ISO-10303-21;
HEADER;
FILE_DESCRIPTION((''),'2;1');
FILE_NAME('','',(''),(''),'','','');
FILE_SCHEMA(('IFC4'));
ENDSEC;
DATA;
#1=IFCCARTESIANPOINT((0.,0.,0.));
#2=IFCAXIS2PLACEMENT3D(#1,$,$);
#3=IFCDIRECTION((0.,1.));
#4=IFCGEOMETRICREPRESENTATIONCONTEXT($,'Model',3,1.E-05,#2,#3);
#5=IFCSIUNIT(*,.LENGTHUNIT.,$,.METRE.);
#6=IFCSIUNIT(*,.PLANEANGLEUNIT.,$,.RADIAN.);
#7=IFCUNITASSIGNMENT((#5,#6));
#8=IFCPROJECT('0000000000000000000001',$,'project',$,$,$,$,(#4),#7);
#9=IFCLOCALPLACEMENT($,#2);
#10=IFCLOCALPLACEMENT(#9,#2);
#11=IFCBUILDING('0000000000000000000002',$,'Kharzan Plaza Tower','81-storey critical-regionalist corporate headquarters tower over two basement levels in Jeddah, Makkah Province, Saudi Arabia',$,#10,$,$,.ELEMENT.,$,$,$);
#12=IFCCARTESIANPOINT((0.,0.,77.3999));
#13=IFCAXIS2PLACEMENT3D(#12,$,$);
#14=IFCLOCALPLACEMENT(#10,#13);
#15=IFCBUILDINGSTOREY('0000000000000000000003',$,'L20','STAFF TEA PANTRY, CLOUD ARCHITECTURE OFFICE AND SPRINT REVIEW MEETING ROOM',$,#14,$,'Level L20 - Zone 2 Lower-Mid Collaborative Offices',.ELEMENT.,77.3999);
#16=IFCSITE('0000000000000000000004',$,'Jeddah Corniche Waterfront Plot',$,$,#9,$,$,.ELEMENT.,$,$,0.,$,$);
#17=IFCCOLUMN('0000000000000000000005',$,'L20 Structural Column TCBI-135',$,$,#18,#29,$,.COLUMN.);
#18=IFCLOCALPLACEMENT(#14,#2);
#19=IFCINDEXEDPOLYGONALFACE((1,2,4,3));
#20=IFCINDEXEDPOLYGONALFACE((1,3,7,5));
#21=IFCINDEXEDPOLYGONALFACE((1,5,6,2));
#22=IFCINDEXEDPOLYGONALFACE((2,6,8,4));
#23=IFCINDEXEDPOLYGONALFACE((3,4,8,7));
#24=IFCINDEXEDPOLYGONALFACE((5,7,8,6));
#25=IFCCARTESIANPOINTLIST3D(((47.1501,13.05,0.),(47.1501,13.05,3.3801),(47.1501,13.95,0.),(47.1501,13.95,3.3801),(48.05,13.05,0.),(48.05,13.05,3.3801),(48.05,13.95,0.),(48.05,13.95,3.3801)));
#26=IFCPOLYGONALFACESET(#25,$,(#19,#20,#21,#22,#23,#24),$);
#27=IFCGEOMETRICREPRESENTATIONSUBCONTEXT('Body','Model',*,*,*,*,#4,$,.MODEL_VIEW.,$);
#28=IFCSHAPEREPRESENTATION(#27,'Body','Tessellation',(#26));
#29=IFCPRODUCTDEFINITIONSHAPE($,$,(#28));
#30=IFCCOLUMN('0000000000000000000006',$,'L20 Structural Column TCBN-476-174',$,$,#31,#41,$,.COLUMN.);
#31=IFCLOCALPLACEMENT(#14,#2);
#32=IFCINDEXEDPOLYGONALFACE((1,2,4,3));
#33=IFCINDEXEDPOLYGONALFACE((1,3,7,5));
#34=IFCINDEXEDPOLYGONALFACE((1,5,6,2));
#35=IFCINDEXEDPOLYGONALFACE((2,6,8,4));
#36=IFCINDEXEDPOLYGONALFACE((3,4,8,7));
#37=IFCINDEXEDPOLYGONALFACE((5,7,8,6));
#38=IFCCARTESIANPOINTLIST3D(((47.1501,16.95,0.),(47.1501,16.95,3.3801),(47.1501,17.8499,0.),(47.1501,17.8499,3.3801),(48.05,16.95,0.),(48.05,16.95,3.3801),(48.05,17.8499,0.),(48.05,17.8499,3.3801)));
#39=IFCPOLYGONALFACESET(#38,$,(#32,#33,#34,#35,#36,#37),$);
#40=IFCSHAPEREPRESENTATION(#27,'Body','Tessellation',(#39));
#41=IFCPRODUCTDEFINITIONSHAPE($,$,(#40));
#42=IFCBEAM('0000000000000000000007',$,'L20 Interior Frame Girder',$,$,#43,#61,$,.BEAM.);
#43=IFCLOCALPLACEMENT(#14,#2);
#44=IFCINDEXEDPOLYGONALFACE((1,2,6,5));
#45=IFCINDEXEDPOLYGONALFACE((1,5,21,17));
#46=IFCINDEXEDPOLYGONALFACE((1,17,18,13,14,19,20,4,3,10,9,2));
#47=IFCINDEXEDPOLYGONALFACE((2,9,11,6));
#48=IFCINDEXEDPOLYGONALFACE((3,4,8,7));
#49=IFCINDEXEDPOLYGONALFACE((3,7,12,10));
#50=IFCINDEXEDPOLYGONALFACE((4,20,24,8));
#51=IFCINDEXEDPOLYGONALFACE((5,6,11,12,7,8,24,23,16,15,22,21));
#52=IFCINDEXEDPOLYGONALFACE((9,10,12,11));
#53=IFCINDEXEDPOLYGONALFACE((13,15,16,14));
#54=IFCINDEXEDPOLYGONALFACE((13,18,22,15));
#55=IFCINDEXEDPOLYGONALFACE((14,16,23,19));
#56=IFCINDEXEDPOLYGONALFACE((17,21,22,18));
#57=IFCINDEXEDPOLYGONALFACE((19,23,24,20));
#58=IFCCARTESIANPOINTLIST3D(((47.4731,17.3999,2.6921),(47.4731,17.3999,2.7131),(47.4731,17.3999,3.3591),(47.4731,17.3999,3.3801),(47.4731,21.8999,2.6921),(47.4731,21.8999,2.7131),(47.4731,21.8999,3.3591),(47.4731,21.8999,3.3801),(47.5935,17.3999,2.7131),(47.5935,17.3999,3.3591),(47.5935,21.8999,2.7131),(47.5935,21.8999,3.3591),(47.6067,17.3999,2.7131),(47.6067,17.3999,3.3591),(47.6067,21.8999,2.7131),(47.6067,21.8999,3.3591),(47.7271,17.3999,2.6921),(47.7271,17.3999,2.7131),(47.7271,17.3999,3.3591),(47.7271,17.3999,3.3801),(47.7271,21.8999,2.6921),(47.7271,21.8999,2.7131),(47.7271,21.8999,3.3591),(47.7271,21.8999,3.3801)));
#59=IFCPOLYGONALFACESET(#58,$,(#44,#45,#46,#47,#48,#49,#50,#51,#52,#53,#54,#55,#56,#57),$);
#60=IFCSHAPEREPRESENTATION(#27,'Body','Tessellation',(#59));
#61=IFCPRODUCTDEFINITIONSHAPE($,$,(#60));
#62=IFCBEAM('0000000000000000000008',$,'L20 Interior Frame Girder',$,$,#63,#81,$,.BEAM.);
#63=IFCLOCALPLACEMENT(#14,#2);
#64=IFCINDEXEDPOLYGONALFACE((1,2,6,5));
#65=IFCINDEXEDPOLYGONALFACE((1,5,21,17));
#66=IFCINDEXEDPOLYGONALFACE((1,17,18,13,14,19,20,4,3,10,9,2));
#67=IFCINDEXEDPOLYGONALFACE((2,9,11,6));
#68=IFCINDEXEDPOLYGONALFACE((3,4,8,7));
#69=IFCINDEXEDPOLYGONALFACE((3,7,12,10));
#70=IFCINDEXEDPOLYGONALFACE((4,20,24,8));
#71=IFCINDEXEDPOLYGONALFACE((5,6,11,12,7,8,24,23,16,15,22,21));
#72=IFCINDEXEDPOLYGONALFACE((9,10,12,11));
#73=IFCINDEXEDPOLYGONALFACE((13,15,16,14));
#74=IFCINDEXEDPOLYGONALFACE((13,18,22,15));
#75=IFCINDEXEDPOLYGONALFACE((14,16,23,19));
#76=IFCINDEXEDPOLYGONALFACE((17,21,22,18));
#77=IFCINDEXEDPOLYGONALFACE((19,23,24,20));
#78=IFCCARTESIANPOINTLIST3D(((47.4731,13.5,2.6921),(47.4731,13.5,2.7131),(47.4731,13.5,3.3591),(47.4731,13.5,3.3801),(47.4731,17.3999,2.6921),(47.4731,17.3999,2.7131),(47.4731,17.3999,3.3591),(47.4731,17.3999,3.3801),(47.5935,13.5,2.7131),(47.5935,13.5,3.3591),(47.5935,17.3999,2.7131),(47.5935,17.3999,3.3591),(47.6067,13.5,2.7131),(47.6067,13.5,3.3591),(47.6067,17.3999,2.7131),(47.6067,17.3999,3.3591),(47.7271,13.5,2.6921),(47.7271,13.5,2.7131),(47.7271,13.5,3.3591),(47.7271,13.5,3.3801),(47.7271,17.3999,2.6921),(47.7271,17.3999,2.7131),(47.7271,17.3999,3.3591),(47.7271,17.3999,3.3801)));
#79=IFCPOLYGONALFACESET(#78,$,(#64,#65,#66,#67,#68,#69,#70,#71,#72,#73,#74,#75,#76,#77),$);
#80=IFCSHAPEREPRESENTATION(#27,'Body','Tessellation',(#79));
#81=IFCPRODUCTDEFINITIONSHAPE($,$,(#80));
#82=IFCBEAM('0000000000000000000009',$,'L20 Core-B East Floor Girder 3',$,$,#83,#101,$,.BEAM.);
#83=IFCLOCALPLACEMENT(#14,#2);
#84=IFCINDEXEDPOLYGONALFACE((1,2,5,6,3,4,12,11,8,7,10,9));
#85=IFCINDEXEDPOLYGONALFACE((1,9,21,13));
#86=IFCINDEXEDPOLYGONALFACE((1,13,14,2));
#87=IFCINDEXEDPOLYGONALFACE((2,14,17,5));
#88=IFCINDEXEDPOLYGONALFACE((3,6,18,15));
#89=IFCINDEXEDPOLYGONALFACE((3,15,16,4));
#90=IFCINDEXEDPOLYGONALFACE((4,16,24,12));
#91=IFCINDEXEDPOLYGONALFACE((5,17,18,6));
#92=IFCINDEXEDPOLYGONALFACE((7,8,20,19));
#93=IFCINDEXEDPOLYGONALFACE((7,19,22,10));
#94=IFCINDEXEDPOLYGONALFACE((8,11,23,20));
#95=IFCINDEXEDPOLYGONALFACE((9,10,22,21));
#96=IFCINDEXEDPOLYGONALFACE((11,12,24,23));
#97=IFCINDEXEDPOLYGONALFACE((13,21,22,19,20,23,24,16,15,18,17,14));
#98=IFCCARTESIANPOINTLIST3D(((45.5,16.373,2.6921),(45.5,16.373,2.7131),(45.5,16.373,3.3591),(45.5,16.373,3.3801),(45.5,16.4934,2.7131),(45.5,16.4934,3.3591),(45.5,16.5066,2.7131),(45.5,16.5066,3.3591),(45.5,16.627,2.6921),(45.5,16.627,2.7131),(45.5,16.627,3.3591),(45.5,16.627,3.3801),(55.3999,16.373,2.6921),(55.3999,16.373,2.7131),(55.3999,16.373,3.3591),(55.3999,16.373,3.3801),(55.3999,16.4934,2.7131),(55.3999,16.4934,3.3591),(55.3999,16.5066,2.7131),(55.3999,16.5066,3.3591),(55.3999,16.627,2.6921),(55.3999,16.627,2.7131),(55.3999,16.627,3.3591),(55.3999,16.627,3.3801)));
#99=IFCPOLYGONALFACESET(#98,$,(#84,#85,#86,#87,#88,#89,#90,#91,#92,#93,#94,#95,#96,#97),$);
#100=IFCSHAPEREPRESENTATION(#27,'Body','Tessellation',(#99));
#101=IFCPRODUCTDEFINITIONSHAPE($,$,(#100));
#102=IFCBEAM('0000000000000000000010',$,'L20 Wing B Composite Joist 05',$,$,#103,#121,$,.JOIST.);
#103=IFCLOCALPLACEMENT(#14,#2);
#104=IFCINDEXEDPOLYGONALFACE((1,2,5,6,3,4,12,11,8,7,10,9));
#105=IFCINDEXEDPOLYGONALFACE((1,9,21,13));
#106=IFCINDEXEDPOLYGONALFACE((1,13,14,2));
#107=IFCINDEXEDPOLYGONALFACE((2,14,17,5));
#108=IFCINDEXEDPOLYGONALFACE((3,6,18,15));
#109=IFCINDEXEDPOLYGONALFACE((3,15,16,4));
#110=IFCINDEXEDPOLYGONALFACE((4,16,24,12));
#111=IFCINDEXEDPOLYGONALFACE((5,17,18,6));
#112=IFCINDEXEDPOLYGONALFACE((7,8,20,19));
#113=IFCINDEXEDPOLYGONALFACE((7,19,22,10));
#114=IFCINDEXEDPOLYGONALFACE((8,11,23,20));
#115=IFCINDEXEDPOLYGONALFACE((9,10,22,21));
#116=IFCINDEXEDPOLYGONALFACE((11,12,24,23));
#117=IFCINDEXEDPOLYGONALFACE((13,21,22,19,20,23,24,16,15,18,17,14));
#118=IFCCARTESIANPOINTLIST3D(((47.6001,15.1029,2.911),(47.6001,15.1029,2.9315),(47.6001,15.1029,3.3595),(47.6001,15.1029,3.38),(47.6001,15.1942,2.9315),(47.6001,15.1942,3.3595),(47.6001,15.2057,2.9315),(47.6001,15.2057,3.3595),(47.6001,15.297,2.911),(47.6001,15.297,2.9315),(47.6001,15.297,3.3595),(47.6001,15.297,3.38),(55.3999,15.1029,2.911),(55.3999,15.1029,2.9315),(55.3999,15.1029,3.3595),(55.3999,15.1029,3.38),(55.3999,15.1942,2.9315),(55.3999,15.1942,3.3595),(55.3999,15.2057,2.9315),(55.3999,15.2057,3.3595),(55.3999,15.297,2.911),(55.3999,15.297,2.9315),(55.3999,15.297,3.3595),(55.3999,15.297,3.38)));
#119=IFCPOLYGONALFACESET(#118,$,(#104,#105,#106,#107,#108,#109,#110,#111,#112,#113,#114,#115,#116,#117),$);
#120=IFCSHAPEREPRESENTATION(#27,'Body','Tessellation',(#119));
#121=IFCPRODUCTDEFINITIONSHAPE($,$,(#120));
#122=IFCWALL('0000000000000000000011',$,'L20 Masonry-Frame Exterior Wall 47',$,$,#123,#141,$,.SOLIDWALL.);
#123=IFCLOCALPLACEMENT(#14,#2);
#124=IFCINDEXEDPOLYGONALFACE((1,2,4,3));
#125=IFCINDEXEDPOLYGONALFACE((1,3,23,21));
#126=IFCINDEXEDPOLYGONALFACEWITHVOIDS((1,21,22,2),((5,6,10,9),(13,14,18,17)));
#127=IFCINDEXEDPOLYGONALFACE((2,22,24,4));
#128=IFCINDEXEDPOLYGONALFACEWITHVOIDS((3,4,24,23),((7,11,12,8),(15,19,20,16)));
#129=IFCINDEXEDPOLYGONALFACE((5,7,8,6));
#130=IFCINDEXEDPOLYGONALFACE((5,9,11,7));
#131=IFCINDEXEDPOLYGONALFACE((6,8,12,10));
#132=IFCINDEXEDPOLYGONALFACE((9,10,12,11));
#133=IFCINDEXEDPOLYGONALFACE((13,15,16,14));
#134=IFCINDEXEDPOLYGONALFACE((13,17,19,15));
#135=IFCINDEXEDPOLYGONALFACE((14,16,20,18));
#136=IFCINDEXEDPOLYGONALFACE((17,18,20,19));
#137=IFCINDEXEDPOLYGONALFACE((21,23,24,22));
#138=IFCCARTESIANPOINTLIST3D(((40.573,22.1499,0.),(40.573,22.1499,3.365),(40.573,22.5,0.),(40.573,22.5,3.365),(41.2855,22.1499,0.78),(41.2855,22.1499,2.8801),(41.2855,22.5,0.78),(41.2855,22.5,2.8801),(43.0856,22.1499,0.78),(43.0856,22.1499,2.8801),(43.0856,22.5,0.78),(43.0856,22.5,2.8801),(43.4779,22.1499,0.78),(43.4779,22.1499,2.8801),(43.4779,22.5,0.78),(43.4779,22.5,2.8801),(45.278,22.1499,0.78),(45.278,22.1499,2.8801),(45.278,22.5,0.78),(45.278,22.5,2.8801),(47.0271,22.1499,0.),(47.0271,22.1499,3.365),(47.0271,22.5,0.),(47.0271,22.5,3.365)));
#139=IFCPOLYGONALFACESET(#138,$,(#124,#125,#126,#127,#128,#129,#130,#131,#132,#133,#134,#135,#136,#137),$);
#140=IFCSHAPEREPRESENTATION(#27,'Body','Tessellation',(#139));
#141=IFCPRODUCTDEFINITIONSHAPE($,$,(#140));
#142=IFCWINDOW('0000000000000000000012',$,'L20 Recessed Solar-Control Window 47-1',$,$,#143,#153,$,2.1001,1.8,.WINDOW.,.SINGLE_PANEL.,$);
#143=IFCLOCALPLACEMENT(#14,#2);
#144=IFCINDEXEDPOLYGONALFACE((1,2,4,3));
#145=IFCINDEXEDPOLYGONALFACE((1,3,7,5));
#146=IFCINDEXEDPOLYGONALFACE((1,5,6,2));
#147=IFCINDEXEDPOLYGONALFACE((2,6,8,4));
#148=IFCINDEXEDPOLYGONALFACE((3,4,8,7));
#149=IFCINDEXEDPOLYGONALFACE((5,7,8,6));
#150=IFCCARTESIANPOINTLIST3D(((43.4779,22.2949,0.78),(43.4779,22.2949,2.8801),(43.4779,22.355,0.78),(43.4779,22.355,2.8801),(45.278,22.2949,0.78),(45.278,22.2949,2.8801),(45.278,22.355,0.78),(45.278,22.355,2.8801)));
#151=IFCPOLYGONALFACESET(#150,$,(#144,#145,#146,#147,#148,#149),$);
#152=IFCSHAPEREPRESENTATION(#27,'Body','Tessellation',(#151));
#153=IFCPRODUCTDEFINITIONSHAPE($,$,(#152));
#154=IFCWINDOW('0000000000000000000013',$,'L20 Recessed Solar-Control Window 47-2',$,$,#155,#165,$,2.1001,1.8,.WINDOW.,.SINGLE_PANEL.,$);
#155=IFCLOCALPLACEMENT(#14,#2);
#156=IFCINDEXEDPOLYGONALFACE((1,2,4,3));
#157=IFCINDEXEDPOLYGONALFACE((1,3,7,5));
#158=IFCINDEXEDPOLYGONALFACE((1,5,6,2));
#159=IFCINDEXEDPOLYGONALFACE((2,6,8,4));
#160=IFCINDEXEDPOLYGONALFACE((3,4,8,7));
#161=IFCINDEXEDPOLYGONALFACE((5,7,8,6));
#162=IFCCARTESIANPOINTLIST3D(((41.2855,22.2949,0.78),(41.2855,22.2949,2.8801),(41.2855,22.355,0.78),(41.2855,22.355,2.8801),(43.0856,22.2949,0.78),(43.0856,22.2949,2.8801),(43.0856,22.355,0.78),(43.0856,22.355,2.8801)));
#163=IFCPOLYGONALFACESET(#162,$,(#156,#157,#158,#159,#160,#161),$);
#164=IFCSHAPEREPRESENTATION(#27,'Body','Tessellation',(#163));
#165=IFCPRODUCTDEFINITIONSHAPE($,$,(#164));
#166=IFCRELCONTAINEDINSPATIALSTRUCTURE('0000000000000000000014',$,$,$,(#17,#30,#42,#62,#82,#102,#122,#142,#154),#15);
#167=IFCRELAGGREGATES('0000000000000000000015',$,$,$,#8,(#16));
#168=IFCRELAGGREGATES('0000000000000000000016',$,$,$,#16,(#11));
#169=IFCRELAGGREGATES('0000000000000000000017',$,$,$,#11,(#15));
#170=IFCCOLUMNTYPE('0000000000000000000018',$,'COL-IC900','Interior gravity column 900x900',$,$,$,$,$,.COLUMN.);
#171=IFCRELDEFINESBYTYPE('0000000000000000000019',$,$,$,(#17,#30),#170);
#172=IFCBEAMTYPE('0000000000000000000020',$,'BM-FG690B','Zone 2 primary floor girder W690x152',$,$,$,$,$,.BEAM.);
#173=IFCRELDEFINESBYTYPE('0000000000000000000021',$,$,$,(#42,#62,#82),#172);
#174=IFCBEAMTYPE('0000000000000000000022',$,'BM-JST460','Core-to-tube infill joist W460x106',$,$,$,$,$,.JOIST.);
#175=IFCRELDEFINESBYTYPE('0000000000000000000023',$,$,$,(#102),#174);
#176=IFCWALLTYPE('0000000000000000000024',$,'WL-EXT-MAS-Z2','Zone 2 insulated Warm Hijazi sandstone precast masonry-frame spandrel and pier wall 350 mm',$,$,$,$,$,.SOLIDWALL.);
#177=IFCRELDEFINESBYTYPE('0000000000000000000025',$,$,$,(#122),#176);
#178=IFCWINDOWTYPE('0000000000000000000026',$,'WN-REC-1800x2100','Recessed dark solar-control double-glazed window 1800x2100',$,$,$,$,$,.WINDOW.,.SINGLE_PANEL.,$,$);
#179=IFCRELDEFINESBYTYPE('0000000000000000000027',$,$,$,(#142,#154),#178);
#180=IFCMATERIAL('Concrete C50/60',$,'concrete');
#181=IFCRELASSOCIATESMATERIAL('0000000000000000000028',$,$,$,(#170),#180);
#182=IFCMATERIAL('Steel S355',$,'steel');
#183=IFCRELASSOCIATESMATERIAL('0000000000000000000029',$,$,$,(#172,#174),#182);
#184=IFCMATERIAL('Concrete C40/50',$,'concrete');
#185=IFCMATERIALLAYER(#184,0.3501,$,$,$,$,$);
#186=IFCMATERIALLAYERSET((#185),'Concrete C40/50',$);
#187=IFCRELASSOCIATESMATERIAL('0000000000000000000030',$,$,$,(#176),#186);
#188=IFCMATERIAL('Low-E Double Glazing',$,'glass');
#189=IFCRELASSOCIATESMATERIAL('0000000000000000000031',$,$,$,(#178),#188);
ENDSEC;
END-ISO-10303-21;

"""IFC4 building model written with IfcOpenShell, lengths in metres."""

from ifc_helpers import new_model, si_unit, direction, frame, frame_2d, origin, origin_2d, place, context, subcontext, project, spatial, rectangle, i_section, extrude, source, transform, mapped, material, layer, layer_set, material_profile, profile_set, type_object, element, fill, save


model = new_model("IFC4")

# Units and contexts
model_context = context("Model", 3, precision=1e-05, world=origin(), true_north=direction((0.0, 1.0)))
body_context = subcontext(model_context, "Body", "Model", "MODEL_VIEW")
ifc_project = project(units=[si_unit("LENGTHUNIT", "METRE"), si_unit("PLANEANGLEUNIT", "RADIAN")], contexts=[model_context])

# Site, building, storey
site_placement = place(None, origin())
site = spatial("IfcSite", under=ifc_project, at=site_placement, Name="Jeddah Corniche Waterfront Plot", CompositionType="ELEMENT", RefElevation=0.0)
building_placement = place(site_placement, origin())
building = spatial("IfcBuilding", under=site, at=building_placement, Name="Kharzan Plaza Tower", Description="81-storey critical-regionalist corporate headquarters tower over two basement levels in Jeddah, Makkah Province, Saudi Arabia", CompositionType="ELEMENT")
storey_placement = place(building_placement, frame((0.0, 0.0, 77.3999)))
storey = spatial("IfcBuildingStorey", under=building, at=storey_placement, Name="L20", Description="STAFF TEA PANTRY, CLOUD ARCHITECTURE OFFICE AND SPRINT REVIEW MEETING ROOM", LongName="Level L20 - Zone 2 Lower-Mid Collaborative Offices", CompositionType="ELEMENT", Elevation=77.3999)

# Columns
ifc_material_1 = material(Name="Concrete C50/60", Category="concrete")
ifc_material_profile_1 = material_profile(ifc_material_1, rectangle(XDim=0.8999, YDim=0.8999, at=origin_2d()), Name="RC-IC900x900")
ifc_profile_set_1 = profile_set([ifc_material_profile_1], Name="Concrete C50/60")
column_type = type_object("IfcColumnType", Name="COL-IC900", Description="Interior gravity column 900x900", PredefinedType="COLUMN", material=ifc_profile_set_1)
shared_shape_1 = source(origin(), body_context, "Body", "SweptSolid", [
    extrude(rectangle(XDim=0.8999, YDim=0.8999, at=origin_2d()), origin(), (0.0, 0.0, 1.0), 3.3801),
])
for number, where, z_axis, x_axis, name in (
    (1, (47.6001, 13.5, 0.0), (0.0, 0.0, 1.0), (1.0, 0.0, 0.0), "L20 Structural Column TCBI-135"),
    (2, (47.6001, 17.3999, 0.0), (0.0, 0.0, 1.0), (1.0, 0.0, 0.0), "L20 Structural Column TCBN-476-174"),
):
    element("IfcColumn", number, at=place(storey_placement, frame(where, z_axis=z_axis, x_axis=x_axis)), inside=storey, type_object=column_type, Name=name, PredefinedType="COLUMN", context=body_context, shape_type="MappedRepresentation", body=[
        mapped(shared_shape_1, transform((0.0, 0.0, 0.0), x_axis=(1.0, 0.0, 0.0), y_axis=(0.0, 1.0, 0.0), z_axis=(0.0, 0.0, 1.0))),
    ])

# Beams
ifc_material_2 = material(Name="Steel S355", Category="steel")
ifc_material_profile_2 = material_profile(ifc_material_2, i_section(OverallWidth=0.2539, OverallDepth=0.688, WebThickness=0.0132, FlangeThickness=0.021, at=origin_2d()), Name="W690x152")
ifc_profile_set_2 = profile_set([ifc_material_profile_2], Name="Steel S355")
beam_type_1 = type_object("IfcBeamType", Name="BM-FG690B", Description="Zone 2 primary floor girder W690x152", PredefinedType="BEAM", material=ifc_profile_set_2)
shared_shape_2 = source(origin(), body_context, "Body", "SweptSolid", [
    extrude(i_section(OverallWidth=0.2539, OverallDepth=0.688, WebThickness=0.0132, FlangeThickness=0.021, at=origin_2d()), origin(), (0.0, 0.0, 1.0), 4.5),
])
beam_1_placement = place(storey_placement, frame((47.6001, 17.3999, 3.0361), z_axis=(0.0, 1.0, 0.0), x_axis=(-1.0, 0.0, 0.0)))
element("IfcBeam", 3, at=beam_1_placement, inside=storey, type_object=beam_type_1, Name="L20 Interior Frame Girder", PredefinedType="BEAM", context=body_context, shape_type="MappedRepresentation", body=[
    mapped(shared_shape_2, transform((0.0, 0.0, 0.0), x_axis=(1.0, 0.0, 0.0), y_axis=(0.0, 1.0, 0.0), z_axis=(0.0, 0.0, 1.0))),
])
shared_shape_3 = source(origin(), body_context, "Body", "SweptSolid", [
    extrude(i_section(OverallWidth=0.2539, OverallDepth=0.688, WebThickness=0.0132, FlangeThickness=0.021, at=origin_2d()), origin(), (0.0, 0.0, 1.0), 3.8999),
])
beam_2_placement = place(storey_placement, frame((47.6001, 13.5, 3.0361), z_axis=(0.0, 1.0, 0.0), x_axis=(-1.0, 0.0, 0.0)))
element("IfcBeam", 4, at=beam_2_placement, inside=storey, type_object=beam_type_1, Name="L20 Interior Frame Girder", PredefinedType="BEAM", context=body_context, shape_type="MappedRepresentation", body=[
    mapped(shared_shape_3, transform((0.0, 0.0, 0.0), x_axis=(1.0, 0.0, 0.0), y_axis=(0.0, 1.0, 0.0), z_axis=(0.0, 0.0, 1.0))),
])
shared_shape_4 = source(origin(), body_context, "Body", "SweptSolid", [
    extrude(i_section(OverallWidth=0.2539, OverallDepth=0.688, WebThickness=0.0132, FlangeThickness=0.021, at=origin_2d()), origin(), (0.0, 0.0, 1.0), 9.8999),
])
beam_3_placement = place(storey_placement, frame((45.5, 16.5, 3.0361), z_axis=(1.0, 0.0, 0.0), x_axis=(0.0, 1.0, 0.0)))
element("IfcBeam", 5, at=beam_3_placement, inside=storey, type_object=beam_type_1, Name="L20 Core-B East Floor Girder 3", PredefinedType="BEAM", context=body_context, shape_type="MappedRepresentation", body=[
    mapped(shared_shape_4, transform((0.0, 0.0, 0.0), x_axis=(1.0, 0.0, 0.0), y_axis=(0.0, 1.0, 0.0), z_axis=(0.0, 0.0, 1.0))),
])
ifc_material_profile_3 = material_profile(ifc_material_2, i_section(OverallWidth=0.1941, OverallDepth=0.469, WebThickness=0.0115, FlangeThickness=0.0205, at=origin_2d()), Name="W460x106")
ifc_profile_set_3 = profile_set([ifc_material_profile_3], Name="Steel S355")
beam_type_2 = type_object("IfcBeamType", Name="BM-JST460", Description="Core-to-tube infill joist W460x106", PredefinedType="JOIST", material=ifc_profile_set_3)
shared_shape_5 = source(origin(), body_context, "Body", "SweptSolid", [
    extrude(i_section(OverallWidth=0.1941, OverallDepth=0.469, WebThickness=0.0115, FlangeThickness=0.0205, at=origin_2d()), origin(), (0.0, 0.0, 1.0), 7.7998),
])
beam_4_placement = place(storey_placement, frame((47.6001, 15.2, 3.1455), z_axis=(1.0, 0.0, 0.0), x_axis=(0.0, 1.0, 0.0)))
element("IfcBeam", 6, at=beam_4_placement, inside=storey, type_object=beam_type_2, Name="L20 Wing B Composite Joist 05", PredefinedType="JOIST", context=body_context, shape_type="MappedRepresentation", body=[
    mapped(shared_shape_5, transform((0.0, 0.0, 0.0), x_axis=(1.0, 0.0, 0.0), y_axis=(0.0, 1.0, 0.0), z_axis=(0.0, 0.0, 1.0))),
])

# Wall, openings, windows
ifc_material_3 = material(Name="Concrete C40/50", Category="concrete")
ifc_layer_1 = layer(ifc_material_3, 0.3501)
ifc_layer_set_1 = layer_set([ifc_layer_1], Name="Concrete C40/50")
wall_type_1 = type_object("IfcWallType", Name="WL-EXT-MAS-Z2", Description="Zone 2 insulated Warm Hijazi sandstone precast masonry-frame spandrel and pier wall 350 mm", PredefinedType="SOLIDWALL", material=ifc_layer_set_1)
wall_1_placement = place(storey_placement, frame((47.0271, 22.325, 0.0), z_axis=(0.0, 0.0, 1.0), x_axis=(-1.0, 0.0, 0.0)))
wall_1 = element("IfcWall", 7, at=wall_1_placement, inside=storey, type_object=wall_type_1, Name="L20 Masonry-Frame Exterior Wall 47", PredefinedType="SOLIDWALL", context=body_context, shape_type="SweptSolid", body=[
    extrude(rectangle(XDim=6.4541, YDim=0.3501, at=frame_2d((3.2271, 0.0))), origin(), (0.0, 0.0, 1.0), 3.365),
])
opening_1_placement = place(wall_1_placement, frame((1.7493, 0.0, 0.78)))
opening_1 = element("IfcOpeningElement", 8, at=opening_1_placement, cuts=wall_1, PredefinedType="OPENING", context=body_context, shape_type="SweptSolid", body=[
    extrude(rectangle(XDim=1.8, YDim=2.1001, at=frame_2d((0.8999, 1.05))), frame((0.0, 0.1851, 0.0), z_axis=(0.0, -1.0, 0.0), x_axis=(1.0, 0.0, 0.0)), (0.0, 0.0, 1.0), 0.3701),
])
opening_2_placement = place(wall_1_placement, frame((3.9417, 0.0, 0.78)))
opening_2 = element("IfcOpeningElement", 9, at=opening_2_placement, cuts=wall_1, PredefinedType="OPENING", context=body_context, shape_type="SweptSolid", body=[
    extrude(rectangle(XDim=1.8, YDim=2.1001, at=frame_2d((0.8999, 1.05))), frame((0.0, 0.1851, 0.0), z_axis=(0.0, -1.0, 0.0), x_axis=(1.0, 0.0, 0.0)), (0.0, 0.0, 1.0), 0.3701),
])
ifc_material_4 = material(Name="Low-E Double Glazing", Category="glass")
window_type = type_object("IfcWindowType", Name="WN-REC-1800x2100", Description="Recessed dark solar-control double-glazed window 1800x2100", PartitioningType="SINGLE_PANEL", PredefinedType="WINDOW", material=ifc_material_4)
shared_shape_6 = source(origin(), body_context, "Body", "SweptSolid", [
    extrude(rectangle(XDim=1.8, YDim=2.1001, at=frame_2d((0.8999, 1.05))), frame((0.0, 0.03, 0.0), z_axis=(0.0, -1.0, 0.0), x_axis=(1.0, 0.0, 0.0)), (0.0, 0.0, 1.0), 0.0601),
])
window_1_placement = place(opening_1_placement, origin())
window_1 = element("IfcWindow", 10, at=window_1_placement, inside=storey, type_object=window_type, Name="L20 Recessed Solar-Control Window 47-1", OverallHeight=2.1001, OverallWidth=1.8, PartitioningType="SINGLE_PANEL", PredefinedType="WINDOW", context=body_context, shape_type="MappedRepresentation", body=[
    mapped(shared_shape_6, transform((0.0, 0.0, 0.0), x_axis=(1.0, 0.0, 0.0), y_axis=(0.0, 1.0, 0.0), z_axis=(0.0, 0.0, 1.0))),
])
fill(opening_1, window_1)
window_2_placement = place(opening_2_placement, origin())
window_2 = element("IfcWindow", 11, at=window_2_placement, inside=storey, type_object=window_type, Name="L20 Recessed Solar-Control Window 47-2", OverallHeight=2.1001, OverallWidth=1.8, PartitioningType="SINGLE_PANEL", PredefinedType="WINDOW", context=body_context, shape_type="MappedRepresentation", body=[
    mapped(shared_shape_6, transform((0.0, 0.0, 0.0), x_axis=(1.0, 0.0, 0.0), y_axis=(0.0, 1.0, 0.0), z_axis=(0.0, 0.0, 1.0))),
])
fill(opening_2, window_2)

save(model, "model.ifc")
